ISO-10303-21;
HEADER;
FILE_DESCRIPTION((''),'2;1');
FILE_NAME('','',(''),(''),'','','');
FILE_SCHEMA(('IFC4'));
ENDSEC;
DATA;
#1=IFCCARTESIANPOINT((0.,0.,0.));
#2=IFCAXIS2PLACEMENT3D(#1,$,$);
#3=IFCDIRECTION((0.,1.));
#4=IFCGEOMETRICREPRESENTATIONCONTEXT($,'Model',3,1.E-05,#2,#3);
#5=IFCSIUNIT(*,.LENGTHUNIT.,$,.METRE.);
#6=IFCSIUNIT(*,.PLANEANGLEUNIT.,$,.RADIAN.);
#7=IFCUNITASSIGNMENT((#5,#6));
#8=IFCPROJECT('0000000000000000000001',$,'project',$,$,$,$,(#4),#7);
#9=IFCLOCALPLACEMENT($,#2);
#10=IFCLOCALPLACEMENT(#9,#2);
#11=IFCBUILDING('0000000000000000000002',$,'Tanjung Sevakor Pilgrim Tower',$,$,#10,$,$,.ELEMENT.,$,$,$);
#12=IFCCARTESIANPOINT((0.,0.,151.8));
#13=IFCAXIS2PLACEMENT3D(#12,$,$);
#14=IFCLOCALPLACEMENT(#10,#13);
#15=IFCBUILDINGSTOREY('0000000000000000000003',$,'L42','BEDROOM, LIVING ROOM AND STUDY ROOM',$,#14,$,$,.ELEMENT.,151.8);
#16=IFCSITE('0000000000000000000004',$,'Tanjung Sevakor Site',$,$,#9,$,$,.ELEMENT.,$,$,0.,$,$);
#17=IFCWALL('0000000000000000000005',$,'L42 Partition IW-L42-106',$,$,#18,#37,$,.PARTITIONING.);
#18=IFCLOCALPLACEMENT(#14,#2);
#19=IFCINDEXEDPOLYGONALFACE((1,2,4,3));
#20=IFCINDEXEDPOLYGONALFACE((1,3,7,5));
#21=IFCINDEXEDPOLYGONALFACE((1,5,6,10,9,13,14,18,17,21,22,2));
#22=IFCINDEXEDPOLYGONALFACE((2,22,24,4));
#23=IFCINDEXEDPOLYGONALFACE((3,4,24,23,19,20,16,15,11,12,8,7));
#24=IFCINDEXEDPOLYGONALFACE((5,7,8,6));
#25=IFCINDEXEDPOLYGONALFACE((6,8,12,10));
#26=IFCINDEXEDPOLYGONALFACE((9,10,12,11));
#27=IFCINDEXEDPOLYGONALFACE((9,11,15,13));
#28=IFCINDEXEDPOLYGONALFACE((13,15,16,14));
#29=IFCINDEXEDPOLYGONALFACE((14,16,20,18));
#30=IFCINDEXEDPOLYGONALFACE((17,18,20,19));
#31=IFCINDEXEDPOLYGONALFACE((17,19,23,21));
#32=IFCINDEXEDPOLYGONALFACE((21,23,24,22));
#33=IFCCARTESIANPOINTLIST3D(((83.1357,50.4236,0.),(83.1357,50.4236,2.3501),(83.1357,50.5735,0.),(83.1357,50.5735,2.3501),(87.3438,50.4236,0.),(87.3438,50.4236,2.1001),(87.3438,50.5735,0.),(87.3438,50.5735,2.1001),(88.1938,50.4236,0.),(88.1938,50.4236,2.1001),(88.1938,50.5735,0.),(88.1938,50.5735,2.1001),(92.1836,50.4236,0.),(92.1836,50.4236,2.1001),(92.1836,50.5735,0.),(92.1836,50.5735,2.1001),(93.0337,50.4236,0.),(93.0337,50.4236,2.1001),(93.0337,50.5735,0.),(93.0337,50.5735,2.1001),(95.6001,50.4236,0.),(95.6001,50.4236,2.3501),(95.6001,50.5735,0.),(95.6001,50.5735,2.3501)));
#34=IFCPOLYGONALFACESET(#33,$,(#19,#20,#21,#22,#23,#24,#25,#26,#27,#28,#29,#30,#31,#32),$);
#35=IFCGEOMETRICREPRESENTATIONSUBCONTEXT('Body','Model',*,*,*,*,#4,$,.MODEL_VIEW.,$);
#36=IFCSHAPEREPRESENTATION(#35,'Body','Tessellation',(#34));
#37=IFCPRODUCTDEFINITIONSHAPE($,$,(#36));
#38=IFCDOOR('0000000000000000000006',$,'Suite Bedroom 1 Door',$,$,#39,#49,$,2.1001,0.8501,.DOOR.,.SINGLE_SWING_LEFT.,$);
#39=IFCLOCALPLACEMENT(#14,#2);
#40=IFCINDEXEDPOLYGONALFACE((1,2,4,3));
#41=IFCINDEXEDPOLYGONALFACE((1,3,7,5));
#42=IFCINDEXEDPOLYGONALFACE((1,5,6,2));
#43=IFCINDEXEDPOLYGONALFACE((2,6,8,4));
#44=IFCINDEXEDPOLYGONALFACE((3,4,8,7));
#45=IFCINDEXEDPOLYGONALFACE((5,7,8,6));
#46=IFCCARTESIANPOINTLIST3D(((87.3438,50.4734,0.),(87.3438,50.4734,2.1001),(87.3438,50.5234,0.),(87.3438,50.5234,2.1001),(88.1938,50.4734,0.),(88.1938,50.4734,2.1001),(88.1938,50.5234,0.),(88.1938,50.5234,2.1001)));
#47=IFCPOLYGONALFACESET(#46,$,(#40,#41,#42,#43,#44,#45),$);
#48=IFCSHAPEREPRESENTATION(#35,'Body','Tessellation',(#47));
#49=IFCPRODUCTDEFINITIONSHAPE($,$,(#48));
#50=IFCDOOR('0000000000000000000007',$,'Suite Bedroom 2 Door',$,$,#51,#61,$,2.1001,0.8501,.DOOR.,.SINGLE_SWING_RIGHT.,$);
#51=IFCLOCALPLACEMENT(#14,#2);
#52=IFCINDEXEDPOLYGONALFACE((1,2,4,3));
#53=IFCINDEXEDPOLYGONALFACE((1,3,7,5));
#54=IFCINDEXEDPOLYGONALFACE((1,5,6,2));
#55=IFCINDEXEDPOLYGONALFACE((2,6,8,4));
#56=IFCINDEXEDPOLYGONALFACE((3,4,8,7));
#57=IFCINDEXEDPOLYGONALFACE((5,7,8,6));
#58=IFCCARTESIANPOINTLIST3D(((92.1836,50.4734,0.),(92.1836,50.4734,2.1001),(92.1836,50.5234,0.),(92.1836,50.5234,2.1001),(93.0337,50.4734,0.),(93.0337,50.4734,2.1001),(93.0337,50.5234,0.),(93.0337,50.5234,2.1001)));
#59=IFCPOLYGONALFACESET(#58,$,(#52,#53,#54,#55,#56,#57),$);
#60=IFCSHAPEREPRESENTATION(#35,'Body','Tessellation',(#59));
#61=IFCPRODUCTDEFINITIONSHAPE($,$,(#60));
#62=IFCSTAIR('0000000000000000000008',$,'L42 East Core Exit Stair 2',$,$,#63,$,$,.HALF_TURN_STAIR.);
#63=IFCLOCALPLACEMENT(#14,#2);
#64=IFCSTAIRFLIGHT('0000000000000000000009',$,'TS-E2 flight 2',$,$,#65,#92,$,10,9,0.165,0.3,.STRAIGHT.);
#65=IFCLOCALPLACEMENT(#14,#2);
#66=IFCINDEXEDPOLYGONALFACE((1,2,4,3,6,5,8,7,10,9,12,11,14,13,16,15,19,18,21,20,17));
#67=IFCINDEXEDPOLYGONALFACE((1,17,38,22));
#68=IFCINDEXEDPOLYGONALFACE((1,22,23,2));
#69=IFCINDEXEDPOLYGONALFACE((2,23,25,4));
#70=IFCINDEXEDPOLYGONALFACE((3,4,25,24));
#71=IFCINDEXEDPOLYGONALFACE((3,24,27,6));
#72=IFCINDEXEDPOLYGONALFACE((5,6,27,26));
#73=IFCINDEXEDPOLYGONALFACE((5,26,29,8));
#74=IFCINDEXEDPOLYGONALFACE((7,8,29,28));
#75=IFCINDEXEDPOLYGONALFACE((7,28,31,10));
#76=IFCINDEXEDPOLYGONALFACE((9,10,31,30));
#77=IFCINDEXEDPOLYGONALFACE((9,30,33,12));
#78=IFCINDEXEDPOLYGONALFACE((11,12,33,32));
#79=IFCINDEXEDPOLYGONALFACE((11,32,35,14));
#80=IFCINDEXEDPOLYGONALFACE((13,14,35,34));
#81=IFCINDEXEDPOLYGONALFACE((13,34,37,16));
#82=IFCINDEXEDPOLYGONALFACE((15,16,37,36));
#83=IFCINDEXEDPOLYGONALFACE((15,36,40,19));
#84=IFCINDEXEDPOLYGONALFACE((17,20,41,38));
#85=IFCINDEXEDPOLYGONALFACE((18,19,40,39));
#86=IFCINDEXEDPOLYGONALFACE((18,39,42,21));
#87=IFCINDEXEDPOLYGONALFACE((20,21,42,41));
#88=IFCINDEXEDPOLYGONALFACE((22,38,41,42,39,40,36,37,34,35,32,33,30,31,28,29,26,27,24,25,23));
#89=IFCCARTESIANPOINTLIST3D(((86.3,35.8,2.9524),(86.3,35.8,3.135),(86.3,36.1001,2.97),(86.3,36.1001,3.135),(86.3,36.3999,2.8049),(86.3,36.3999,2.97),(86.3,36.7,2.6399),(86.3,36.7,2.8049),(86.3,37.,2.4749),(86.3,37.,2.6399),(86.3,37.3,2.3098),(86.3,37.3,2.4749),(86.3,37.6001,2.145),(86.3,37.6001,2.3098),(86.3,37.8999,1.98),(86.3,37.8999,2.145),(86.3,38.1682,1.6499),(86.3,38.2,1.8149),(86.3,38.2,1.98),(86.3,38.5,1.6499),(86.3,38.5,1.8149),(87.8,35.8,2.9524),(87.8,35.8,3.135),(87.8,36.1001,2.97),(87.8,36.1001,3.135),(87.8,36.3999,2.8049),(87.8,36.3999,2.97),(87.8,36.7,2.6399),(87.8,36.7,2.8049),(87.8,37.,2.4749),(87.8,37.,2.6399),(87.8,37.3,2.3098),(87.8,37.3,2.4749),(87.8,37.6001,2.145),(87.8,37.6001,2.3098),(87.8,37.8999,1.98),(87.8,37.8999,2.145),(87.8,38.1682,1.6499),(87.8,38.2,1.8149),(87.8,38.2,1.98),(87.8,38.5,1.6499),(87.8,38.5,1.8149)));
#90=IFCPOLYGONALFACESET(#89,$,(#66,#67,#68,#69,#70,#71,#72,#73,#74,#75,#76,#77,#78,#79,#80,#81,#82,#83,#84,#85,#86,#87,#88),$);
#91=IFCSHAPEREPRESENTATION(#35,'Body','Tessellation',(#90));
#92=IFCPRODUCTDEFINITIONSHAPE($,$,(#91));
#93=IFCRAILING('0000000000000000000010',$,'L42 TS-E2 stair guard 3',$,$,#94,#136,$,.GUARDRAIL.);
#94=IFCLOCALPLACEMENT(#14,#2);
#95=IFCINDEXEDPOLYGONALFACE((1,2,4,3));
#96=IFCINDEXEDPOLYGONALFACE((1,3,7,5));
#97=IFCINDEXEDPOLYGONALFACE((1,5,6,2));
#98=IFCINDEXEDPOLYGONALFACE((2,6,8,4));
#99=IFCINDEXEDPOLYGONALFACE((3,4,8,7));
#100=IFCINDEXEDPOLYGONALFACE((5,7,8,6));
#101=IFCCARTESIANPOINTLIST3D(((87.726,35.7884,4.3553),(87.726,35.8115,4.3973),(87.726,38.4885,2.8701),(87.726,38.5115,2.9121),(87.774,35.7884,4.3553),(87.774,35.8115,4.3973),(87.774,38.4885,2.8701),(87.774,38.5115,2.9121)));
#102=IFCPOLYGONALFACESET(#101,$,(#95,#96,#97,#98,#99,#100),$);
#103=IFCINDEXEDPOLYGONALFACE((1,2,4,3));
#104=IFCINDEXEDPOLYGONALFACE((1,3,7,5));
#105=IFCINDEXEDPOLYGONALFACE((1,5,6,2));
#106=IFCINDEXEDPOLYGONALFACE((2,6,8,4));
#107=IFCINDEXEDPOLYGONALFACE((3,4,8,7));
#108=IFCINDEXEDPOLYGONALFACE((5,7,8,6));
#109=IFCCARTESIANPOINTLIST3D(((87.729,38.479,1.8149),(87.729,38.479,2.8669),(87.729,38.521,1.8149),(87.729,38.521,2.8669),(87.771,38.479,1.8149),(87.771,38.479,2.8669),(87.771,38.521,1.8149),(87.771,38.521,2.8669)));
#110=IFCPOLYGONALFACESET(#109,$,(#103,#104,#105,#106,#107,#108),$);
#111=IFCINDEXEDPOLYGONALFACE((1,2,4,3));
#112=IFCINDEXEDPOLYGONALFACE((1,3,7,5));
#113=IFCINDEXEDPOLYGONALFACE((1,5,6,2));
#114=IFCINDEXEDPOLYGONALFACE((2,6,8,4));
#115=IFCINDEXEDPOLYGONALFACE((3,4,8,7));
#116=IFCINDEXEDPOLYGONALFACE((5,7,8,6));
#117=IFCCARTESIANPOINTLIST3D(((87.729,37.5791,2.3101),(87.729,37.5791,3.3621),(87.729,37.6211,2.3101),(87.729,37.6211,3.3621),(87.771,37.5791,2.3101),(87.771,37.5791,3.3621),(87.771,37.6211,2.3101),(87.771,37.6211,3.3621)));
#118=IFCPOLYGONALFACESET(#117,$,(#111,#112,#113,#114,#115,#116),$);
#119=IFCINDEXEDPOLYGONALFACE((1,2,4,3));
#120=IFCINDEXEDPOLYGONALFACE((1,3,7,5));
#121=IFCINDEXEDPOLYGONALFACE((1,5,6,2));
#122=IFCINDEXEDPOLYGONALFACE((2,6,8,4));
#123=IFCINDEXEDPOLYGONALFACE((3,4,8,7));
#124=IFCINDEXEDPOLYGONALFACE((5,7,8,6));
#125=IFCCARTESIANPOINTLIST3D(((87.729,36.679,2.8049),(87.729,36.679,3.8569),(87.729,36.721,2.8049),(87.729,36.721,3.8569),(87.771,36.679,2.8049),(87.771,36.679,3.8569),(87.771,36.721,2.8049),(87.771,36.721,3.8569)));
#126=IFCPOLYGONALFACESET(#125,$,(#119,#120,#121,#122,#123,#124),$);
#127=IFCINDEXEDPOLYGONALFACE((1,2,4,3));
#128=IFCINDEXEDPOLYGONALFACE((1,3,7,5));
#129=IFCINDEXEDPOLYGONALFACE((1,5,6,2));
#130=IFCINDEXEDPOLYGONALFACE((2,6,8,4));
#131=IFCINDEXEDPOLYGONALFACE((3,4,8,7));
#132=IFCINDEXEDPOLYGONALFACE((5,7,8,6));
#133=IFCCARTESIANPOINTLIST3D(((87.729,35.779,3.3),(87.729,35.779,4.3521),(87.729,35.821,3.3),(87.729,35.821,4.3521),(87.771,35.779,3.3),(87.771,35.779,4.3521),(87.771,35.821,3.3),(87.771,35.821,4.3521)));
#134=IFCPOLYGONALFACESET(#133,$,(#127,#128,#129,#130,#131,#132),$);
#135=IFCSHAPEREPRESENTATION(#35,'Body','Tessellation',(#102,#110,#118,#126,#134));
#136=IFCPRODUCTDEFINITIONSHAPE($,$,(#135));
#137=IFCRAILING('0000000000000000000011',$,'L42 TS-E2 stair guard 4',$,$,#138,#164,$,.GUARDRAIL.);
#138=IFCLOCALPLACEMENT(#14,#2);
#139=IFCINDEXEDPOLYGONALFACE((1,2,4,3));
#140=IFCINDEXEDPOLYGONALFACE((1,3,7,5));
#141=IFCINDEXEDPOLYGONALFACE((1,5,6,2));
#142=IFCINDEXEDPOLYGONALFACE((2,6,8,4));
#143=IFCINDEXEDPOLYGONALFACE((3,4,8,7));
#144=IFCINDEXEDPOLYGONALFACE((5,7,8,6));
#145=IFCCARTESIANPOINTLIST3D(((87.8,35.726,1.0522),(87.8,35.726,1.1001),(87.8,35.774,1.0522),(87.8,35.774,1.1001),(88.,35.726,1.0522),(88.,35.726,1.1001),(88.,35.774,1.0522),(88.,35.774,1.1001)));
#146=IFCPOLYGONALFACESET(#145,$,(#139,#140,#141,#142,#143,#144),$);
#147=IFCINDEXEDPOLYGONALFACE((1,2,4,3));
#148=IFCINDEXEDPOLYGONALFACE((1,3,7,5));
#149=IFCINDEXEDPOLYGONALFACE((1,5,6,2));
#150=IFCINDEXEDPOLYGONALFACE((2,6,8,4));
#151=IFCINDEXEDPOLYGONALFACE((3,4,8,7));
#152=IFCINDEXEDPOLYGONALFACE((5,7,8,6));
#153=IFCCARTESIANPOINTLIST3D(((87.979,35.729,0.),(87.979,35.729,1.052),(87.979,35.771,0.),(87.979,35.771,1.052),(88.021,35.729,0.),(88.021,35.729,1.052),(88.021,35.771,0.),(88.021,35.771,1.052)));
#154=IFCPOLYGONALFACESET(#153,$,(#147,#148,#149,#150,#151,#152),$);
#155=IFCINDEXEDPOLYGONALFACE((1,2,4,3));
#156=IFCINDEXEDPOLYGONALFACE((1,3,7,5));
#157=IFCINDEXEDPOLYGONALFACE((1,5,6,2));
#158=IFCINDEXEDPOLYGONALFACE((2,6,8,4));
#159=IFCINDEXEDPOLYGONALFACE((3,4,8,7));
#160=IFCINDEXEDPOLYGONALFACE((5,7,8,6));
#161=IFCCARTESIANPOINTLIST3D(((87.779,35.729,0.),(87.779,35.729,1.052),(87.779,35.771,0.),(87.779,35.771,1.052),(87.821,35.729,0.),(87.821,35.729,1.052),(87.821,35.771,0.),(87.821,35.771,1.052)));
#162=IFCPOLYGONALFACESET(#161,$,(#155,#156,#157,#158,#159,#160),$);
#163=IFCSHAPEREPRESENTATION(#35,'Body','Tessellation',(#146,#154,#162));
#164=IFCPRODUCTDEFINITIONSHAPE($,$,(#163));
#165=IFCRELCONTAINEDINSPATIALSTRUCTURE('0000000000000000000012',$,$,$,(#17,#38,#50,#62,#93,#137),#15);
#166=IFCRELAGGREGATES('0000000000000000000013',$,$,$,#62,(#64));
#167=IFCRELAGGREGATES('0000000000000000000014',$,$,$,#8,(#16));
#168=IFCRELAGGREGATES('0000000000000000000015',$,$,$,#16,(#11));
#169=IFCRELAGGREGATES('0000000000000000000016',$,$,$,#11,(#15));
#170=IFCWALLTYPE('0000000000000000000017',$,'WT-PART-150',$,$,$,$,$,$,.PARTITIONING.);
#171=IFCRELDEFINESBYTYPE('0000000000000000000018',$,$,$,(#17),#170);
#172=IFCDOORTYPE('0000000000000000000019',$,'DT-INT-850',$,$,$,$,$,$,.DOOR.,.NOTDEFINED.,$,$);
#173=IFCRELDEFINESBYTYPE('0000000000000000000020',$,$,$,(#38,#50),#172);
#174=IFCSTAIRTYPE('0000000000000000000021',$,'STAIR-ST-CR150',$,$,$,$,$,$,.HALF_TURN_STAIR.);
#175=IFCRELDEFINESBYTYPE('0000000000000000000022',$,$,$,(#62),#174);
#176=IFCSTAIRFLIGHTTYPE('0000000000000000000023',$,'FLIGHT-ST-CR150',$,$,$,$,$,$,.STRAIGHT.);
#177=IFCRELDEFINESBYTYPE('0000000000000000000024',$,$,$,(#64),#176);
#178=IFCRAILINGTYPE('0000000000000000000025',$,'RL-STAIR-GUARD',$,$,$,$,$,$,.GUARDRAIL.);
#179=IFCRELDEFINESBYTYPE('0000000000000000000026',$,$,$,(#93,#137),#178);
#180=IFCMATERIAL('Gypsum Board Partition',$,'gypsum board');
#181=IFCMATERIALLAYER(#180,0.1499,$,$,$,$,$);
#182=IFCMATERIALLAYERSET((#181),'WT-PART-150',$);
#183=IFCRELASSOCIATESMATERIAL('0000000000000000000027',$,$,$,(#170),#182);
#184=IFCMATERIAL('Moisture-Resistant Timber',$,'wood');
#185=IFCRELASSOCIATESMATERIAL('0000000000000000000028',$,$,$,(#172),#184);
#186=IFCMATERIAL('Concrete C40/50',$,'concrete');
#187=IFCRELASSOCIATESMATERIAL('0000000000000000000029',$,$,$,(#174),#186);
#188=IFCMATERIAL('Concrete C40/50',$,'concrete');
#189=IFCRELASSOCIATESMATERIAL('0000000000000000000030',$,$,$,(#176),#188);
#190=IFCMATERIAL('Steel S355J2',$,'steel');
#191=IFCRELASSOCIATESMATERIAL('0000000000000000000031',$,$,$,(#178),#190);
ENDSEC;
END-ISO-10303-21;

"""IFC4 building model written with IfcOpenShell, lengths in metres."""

from ifc_helpers import new_model, si_unit, direction, frame, frame_2d, origin, place, context, subcontext, project, spatial, polyline, rectangle, outline, extrude, material, layer, layer_set, type_object, element, fill, aggregate, save


model = new_model("IFC4")

# Units and contexts
model_context = context("Model", 3, precision=1e-05, world=origin(), true_north=direction((0.0, 1.0)))
body_context = subcontext(model_context, "Body", "Model", "MODEL_VIEW")
ifc_project = project(units=[si_unit("LENGTHUNIT", "METRE"), si_unit("PLANEANGLEUNIT", "RADIAN")], contexts=[model_context])

# Site, building, storey
site_placement = place(None, origin())
site = spatial("IfcSite", under=ifc_project, at=site_placement, Name="Tanjung Sevakor Site", CompositionType="ELEMENT", RefElevation=0.0)
building_placement = place(site_placement, origin())
building = spatial("IfcBuilding", under=site, at=building_placement, Name="Tanjung Sevakor Pilgrim Tower", CompositionType="ELEMENT")
storey_placement = place(building_placement, frame((0.0, 0.0, 151.8)))
storey = spatial("IfcBuildingStorey", under=building, at=storey_placement, Name="L42", Description="BEDROOM, LIVING ROOM AND STUDY ROOM", CompositionType="ELEMENT", Elevation=151.8)

# Shared definitions
ifc_material_1 = material(Name="Gypsum Board Partition", Category="gypsum board")
ifc_layer_1 = layer(ifc_material_1, 0.1499)
ifc_layer_set_1 = layer_set([ifc_layer_1], Name="WT-PART-150")
wall_type_1 = type_object("IfcWallType", Name="WT-PART-150", PredefinedType="PARTITIONING", material=ifc_layer_set_1)

# Wall, openings, doors
ifc_material_2 = material(Name="Moisture-Resistant Timber", Category="wood")
door_type_1 = type_object("IfcDoorType", Name="DT-INT-850", OperationType="NOTDEFINED", PredefinedType="DOOR", material=ifc_material_2)
wall_1_placement = place(storey_placement, frame((83.1357, 50.4985, 0.0), z_axis=(0.0, 0.0, 1.0), x_axis=(1.0, 0.0, 0.0)))
wall_1 = element("IfcWall", 1, at=wall_1_placement, inside=storey, type_object=wall_type_1, Name="L42 Partition IW-L42-106", PredefinedType="PARTITIONING", context=body_context, shape_type="SweptSolid", body=[
    extrude(rectangle(XDim=12.4644, YDim=0.1499, at=frame_2d((6.2322, 0.0))), origin(), (0.0, 0.0, 1.0), 2.3501),
])
opening_1_placement = place(wall_1_placement, frame((4.208, 0.0, 0.0)))
opening_1 = element("IfcOpeningElement", 2, at=opening_1_placement, cuts=wall_1, PredefinedType="OPENING", context=body_context, shape_type="SweptSolid", body=[
    extrude(rectangle(XDim=0.8501, YDim=2.1001, at=frame_2d((0.425, 1.05))), frame((0.0, 0.085, 0.0), z_axis=(0.0, -1.0, 0.0), x_axis=(1.0, 0.0, 0.0)), (0.0, 0.0, 1.0), 0.1699),
])
opening_2_placement = place(wall_1_placement, frame((9.0479, 0.0, 0.0)))
opening_2 = element("IfcOpeningElement", 3, at=opening_2_placement, cuts=wall_1, PredefinedType="OPENING", context=body_context, shape_type="SweptSolid", body=[
    extrude(rectangle(XDim=0.8501, YDim=2.1001, at=frame_2d((0.425, 1.05))), frame((0.0, 0.085, 0.0), z_axis=(0.0, -1.0, 0.0), x_axis=(1.0, 0.0, 0.0)), (0.0, 0.0, 1.0), 0.1699),
])
door_1_placement = place(opening_1_placement, origin())
door_1 = element("IfcDoor", 4, at=door_1_placement, inside=storey, type_object=door_type_1, Name="Suite Bedroom 1 Door", OperationType="SINGLE_SWING_LEFT", OverallHeight=2.1001, OverallWidth=0.8501, PredefinedType="DOOR", context=body_context, shape_type="SweptSolid", body=[
    extrude(rectangle(XDim=0.8501, YDim=2.1001, at=frame_2d((0.425, 1.05))), frame((0.0, 0.0249, 0.0), z_axis=(0.0, -1.0, 0.0), x_axis=(1.0, 0.0, 0.0)), (0.0, 0.0, 1.0), 0.05),
])
fill(opening_1, door_1)
door_2_placement = place(opening_2_placement, origin())
door_2 = element("IfcDoor", 5, at=door_2_placement, inside=storey, type_object=door_type_1, Name="Suite Bedroom 2 Door", OperationType="SINGLE_SWING_RIGHT", OverallHeight=2.1001, OverallWidth=0.8501, PredefinedType="DOOR", context=body_context, shape_type="SweptSolid", body=[
    extrude(rectangle(XDim=0.8501, YDim=2.1001, at=frame_2d((0.425, 1.05))), frame((0.0, 0.0249, 0.0), z_axis=(0.0, -1.0, 0.0), x_axis=(1.0, 0.0, 0.0)), (0.0, 0.0, 1.0), 0.05),
])
fill(opening_2, door_2)

# Stair, stair flight
ifc_material_3 = material(Name="Concrete C40/50", Category="concrete")
stair_type = type_object("IfcStairType", Name="STAIR-ST-CR150", PredefinedType="HALF_TURN_STAIR", material=ifc_material_3)
stair_placement = place(storey_placement, origin())
stair = element("IfcStair", 6, at=stair_placement, inside=storey, type_object=stair_type, Name="L42 East Core Exit Stair 2", PredefinedType="HALF_TURN_STAIR")
ifc_material_4 = material(Name="Concrete C40/50", Category="concrete")
stair_flight_type = type_object("IfcStairFlightType", Name="FLIGHT-ST-CR150", PredefinedType="STRAIGHT", material=ifc_material_4)
stair_flight_placement = place(storey_placement, frame((87.05, 38.5, 1.6499), z_axis=(0.0, 0.0, 1.0), x_axis=(0.0, -1.0, 0.0)))
stair_flight = element("IfcStairFlight", 7, at=stair_flight_placement, type_object=stair_flight_type, Name="TS-E2 flight 2", NumberOfRisers=10, NumberOfTreads=9, PredefinedType="STRAIGHT", RiserHeight=0.165, TreadLength=0.3, context=body_context, shape_type="SweptSolid", body=[
    extrude(outline(polyline([(0.0, 0.0), (0.0, 0.165), (0.3, 0.165), (0.3, 0.3301), (0.6001, 0.3301), (0.6001, 0.4951), (0.8999, 0.4951), (0.8999, 0.6599), (1.2, 0.6599), (1.2, 0.825), (1.5, 0.825), (1.5, 0.99), (1.8, 0.99), (1.8, 1.155), (2.1001, 1.155), (2.1001, 1.3201), (2.3999, 1.3201), (2.3999, 1.4851), (2.7, 1.4851), (2.7, 1.6499), (2.7, 1.3025), (0.3318, 0.0), (0.0, 0.0)])), frame((0.0, 0.75, 0.0), z_axis=(0.0, -1.0, 0.0), x_axis=(1.0, 0.0, 0.0)), (0.0, 0.0, 1.0), 1.5),
])
aggregate(stair, [stair_flight])

# Railings
ifc_material_5 = material(Name="Steel S355J2", Category="steel")
railing_type_1 = type_object("IfcRailingType", Name="RL-STAIR-GUARD", PredefinedType="GUARDRAIL", material=ifc_material_5)
railing_1_placement = place(storey_placement, frame((87.75, 38.5, 1.8149)))
element("IfcRailing", 8, at=railing_1_placement, inside=storey, type_object=railing_type_1, Name="L42 TS-E2 stair guard 3", PredefinedType="GUARDRAIL", context=body_context, shape_type="SweptSolid", body=[
    extrude(rectangle(XDim=0.0479, YDim=0.0479), frame((0.0, 0.0, 1.0762), z_axis=(0.0, -0.876198, 0.481952), x_axis=(1.0, 0.0, 0.0)), (0.0, 0.0, 1.0), 3.0815),
    extrude(rectangle(XDim=0.042, YDim=0.042), origin(), (0.0, 0.0, 1.0), 1.052),
    extrude(rectangle(XDim=0.042, YDim=0.042), frame((0.0, -0.8999, 0.4951)), (0.0, 0.0, 1.0), 1.052),
    extrude(rectangle(XDim=0.042, YDim=0.042), frame((0.0, -1.8, 0.99)), (0.0, 0.0, 1.0), 1.052),
    extrude(rectangle(XDim=0.042, YDim=0.042), frame((0.0, -2.7, 1.4851)), (0.0, 0.0, 1.0), 1.052),
])
railing_2_placement = place(storey_placement, frame((88.0, 35.75, 0.0)))
element("IfcRailing", 9, at=railing_2_placement, inside=storey, type_object=railing_type_1, Name="L42 TS-E2 stair guard 4", PredefinedType="GUARDRAIL", context=body_context, shape_type="SweptSolid", body=[
    extrude(rectangle(XDim=0.0479, YDim=0.0479), frame((0.0, 0.0, 1.0762), z_axis=(-1.0, 0.0, 0.0), x_axis=(0.0, -1.0, 0.0)), (0.0, 0.0, 1.0), 0.2),
    extrude(rectangle(XDim=0.042, YDim=0.042), origin(), (0.0, 0.0, 1.0), 1.052),
    extrude(rectangle(XDim=0.042, YDim=0.042), frame((-0.2, 0.0, 0.0)), (0.0, 0.0, 1.0), 1.052),
])

save(model, "model.ifc")
